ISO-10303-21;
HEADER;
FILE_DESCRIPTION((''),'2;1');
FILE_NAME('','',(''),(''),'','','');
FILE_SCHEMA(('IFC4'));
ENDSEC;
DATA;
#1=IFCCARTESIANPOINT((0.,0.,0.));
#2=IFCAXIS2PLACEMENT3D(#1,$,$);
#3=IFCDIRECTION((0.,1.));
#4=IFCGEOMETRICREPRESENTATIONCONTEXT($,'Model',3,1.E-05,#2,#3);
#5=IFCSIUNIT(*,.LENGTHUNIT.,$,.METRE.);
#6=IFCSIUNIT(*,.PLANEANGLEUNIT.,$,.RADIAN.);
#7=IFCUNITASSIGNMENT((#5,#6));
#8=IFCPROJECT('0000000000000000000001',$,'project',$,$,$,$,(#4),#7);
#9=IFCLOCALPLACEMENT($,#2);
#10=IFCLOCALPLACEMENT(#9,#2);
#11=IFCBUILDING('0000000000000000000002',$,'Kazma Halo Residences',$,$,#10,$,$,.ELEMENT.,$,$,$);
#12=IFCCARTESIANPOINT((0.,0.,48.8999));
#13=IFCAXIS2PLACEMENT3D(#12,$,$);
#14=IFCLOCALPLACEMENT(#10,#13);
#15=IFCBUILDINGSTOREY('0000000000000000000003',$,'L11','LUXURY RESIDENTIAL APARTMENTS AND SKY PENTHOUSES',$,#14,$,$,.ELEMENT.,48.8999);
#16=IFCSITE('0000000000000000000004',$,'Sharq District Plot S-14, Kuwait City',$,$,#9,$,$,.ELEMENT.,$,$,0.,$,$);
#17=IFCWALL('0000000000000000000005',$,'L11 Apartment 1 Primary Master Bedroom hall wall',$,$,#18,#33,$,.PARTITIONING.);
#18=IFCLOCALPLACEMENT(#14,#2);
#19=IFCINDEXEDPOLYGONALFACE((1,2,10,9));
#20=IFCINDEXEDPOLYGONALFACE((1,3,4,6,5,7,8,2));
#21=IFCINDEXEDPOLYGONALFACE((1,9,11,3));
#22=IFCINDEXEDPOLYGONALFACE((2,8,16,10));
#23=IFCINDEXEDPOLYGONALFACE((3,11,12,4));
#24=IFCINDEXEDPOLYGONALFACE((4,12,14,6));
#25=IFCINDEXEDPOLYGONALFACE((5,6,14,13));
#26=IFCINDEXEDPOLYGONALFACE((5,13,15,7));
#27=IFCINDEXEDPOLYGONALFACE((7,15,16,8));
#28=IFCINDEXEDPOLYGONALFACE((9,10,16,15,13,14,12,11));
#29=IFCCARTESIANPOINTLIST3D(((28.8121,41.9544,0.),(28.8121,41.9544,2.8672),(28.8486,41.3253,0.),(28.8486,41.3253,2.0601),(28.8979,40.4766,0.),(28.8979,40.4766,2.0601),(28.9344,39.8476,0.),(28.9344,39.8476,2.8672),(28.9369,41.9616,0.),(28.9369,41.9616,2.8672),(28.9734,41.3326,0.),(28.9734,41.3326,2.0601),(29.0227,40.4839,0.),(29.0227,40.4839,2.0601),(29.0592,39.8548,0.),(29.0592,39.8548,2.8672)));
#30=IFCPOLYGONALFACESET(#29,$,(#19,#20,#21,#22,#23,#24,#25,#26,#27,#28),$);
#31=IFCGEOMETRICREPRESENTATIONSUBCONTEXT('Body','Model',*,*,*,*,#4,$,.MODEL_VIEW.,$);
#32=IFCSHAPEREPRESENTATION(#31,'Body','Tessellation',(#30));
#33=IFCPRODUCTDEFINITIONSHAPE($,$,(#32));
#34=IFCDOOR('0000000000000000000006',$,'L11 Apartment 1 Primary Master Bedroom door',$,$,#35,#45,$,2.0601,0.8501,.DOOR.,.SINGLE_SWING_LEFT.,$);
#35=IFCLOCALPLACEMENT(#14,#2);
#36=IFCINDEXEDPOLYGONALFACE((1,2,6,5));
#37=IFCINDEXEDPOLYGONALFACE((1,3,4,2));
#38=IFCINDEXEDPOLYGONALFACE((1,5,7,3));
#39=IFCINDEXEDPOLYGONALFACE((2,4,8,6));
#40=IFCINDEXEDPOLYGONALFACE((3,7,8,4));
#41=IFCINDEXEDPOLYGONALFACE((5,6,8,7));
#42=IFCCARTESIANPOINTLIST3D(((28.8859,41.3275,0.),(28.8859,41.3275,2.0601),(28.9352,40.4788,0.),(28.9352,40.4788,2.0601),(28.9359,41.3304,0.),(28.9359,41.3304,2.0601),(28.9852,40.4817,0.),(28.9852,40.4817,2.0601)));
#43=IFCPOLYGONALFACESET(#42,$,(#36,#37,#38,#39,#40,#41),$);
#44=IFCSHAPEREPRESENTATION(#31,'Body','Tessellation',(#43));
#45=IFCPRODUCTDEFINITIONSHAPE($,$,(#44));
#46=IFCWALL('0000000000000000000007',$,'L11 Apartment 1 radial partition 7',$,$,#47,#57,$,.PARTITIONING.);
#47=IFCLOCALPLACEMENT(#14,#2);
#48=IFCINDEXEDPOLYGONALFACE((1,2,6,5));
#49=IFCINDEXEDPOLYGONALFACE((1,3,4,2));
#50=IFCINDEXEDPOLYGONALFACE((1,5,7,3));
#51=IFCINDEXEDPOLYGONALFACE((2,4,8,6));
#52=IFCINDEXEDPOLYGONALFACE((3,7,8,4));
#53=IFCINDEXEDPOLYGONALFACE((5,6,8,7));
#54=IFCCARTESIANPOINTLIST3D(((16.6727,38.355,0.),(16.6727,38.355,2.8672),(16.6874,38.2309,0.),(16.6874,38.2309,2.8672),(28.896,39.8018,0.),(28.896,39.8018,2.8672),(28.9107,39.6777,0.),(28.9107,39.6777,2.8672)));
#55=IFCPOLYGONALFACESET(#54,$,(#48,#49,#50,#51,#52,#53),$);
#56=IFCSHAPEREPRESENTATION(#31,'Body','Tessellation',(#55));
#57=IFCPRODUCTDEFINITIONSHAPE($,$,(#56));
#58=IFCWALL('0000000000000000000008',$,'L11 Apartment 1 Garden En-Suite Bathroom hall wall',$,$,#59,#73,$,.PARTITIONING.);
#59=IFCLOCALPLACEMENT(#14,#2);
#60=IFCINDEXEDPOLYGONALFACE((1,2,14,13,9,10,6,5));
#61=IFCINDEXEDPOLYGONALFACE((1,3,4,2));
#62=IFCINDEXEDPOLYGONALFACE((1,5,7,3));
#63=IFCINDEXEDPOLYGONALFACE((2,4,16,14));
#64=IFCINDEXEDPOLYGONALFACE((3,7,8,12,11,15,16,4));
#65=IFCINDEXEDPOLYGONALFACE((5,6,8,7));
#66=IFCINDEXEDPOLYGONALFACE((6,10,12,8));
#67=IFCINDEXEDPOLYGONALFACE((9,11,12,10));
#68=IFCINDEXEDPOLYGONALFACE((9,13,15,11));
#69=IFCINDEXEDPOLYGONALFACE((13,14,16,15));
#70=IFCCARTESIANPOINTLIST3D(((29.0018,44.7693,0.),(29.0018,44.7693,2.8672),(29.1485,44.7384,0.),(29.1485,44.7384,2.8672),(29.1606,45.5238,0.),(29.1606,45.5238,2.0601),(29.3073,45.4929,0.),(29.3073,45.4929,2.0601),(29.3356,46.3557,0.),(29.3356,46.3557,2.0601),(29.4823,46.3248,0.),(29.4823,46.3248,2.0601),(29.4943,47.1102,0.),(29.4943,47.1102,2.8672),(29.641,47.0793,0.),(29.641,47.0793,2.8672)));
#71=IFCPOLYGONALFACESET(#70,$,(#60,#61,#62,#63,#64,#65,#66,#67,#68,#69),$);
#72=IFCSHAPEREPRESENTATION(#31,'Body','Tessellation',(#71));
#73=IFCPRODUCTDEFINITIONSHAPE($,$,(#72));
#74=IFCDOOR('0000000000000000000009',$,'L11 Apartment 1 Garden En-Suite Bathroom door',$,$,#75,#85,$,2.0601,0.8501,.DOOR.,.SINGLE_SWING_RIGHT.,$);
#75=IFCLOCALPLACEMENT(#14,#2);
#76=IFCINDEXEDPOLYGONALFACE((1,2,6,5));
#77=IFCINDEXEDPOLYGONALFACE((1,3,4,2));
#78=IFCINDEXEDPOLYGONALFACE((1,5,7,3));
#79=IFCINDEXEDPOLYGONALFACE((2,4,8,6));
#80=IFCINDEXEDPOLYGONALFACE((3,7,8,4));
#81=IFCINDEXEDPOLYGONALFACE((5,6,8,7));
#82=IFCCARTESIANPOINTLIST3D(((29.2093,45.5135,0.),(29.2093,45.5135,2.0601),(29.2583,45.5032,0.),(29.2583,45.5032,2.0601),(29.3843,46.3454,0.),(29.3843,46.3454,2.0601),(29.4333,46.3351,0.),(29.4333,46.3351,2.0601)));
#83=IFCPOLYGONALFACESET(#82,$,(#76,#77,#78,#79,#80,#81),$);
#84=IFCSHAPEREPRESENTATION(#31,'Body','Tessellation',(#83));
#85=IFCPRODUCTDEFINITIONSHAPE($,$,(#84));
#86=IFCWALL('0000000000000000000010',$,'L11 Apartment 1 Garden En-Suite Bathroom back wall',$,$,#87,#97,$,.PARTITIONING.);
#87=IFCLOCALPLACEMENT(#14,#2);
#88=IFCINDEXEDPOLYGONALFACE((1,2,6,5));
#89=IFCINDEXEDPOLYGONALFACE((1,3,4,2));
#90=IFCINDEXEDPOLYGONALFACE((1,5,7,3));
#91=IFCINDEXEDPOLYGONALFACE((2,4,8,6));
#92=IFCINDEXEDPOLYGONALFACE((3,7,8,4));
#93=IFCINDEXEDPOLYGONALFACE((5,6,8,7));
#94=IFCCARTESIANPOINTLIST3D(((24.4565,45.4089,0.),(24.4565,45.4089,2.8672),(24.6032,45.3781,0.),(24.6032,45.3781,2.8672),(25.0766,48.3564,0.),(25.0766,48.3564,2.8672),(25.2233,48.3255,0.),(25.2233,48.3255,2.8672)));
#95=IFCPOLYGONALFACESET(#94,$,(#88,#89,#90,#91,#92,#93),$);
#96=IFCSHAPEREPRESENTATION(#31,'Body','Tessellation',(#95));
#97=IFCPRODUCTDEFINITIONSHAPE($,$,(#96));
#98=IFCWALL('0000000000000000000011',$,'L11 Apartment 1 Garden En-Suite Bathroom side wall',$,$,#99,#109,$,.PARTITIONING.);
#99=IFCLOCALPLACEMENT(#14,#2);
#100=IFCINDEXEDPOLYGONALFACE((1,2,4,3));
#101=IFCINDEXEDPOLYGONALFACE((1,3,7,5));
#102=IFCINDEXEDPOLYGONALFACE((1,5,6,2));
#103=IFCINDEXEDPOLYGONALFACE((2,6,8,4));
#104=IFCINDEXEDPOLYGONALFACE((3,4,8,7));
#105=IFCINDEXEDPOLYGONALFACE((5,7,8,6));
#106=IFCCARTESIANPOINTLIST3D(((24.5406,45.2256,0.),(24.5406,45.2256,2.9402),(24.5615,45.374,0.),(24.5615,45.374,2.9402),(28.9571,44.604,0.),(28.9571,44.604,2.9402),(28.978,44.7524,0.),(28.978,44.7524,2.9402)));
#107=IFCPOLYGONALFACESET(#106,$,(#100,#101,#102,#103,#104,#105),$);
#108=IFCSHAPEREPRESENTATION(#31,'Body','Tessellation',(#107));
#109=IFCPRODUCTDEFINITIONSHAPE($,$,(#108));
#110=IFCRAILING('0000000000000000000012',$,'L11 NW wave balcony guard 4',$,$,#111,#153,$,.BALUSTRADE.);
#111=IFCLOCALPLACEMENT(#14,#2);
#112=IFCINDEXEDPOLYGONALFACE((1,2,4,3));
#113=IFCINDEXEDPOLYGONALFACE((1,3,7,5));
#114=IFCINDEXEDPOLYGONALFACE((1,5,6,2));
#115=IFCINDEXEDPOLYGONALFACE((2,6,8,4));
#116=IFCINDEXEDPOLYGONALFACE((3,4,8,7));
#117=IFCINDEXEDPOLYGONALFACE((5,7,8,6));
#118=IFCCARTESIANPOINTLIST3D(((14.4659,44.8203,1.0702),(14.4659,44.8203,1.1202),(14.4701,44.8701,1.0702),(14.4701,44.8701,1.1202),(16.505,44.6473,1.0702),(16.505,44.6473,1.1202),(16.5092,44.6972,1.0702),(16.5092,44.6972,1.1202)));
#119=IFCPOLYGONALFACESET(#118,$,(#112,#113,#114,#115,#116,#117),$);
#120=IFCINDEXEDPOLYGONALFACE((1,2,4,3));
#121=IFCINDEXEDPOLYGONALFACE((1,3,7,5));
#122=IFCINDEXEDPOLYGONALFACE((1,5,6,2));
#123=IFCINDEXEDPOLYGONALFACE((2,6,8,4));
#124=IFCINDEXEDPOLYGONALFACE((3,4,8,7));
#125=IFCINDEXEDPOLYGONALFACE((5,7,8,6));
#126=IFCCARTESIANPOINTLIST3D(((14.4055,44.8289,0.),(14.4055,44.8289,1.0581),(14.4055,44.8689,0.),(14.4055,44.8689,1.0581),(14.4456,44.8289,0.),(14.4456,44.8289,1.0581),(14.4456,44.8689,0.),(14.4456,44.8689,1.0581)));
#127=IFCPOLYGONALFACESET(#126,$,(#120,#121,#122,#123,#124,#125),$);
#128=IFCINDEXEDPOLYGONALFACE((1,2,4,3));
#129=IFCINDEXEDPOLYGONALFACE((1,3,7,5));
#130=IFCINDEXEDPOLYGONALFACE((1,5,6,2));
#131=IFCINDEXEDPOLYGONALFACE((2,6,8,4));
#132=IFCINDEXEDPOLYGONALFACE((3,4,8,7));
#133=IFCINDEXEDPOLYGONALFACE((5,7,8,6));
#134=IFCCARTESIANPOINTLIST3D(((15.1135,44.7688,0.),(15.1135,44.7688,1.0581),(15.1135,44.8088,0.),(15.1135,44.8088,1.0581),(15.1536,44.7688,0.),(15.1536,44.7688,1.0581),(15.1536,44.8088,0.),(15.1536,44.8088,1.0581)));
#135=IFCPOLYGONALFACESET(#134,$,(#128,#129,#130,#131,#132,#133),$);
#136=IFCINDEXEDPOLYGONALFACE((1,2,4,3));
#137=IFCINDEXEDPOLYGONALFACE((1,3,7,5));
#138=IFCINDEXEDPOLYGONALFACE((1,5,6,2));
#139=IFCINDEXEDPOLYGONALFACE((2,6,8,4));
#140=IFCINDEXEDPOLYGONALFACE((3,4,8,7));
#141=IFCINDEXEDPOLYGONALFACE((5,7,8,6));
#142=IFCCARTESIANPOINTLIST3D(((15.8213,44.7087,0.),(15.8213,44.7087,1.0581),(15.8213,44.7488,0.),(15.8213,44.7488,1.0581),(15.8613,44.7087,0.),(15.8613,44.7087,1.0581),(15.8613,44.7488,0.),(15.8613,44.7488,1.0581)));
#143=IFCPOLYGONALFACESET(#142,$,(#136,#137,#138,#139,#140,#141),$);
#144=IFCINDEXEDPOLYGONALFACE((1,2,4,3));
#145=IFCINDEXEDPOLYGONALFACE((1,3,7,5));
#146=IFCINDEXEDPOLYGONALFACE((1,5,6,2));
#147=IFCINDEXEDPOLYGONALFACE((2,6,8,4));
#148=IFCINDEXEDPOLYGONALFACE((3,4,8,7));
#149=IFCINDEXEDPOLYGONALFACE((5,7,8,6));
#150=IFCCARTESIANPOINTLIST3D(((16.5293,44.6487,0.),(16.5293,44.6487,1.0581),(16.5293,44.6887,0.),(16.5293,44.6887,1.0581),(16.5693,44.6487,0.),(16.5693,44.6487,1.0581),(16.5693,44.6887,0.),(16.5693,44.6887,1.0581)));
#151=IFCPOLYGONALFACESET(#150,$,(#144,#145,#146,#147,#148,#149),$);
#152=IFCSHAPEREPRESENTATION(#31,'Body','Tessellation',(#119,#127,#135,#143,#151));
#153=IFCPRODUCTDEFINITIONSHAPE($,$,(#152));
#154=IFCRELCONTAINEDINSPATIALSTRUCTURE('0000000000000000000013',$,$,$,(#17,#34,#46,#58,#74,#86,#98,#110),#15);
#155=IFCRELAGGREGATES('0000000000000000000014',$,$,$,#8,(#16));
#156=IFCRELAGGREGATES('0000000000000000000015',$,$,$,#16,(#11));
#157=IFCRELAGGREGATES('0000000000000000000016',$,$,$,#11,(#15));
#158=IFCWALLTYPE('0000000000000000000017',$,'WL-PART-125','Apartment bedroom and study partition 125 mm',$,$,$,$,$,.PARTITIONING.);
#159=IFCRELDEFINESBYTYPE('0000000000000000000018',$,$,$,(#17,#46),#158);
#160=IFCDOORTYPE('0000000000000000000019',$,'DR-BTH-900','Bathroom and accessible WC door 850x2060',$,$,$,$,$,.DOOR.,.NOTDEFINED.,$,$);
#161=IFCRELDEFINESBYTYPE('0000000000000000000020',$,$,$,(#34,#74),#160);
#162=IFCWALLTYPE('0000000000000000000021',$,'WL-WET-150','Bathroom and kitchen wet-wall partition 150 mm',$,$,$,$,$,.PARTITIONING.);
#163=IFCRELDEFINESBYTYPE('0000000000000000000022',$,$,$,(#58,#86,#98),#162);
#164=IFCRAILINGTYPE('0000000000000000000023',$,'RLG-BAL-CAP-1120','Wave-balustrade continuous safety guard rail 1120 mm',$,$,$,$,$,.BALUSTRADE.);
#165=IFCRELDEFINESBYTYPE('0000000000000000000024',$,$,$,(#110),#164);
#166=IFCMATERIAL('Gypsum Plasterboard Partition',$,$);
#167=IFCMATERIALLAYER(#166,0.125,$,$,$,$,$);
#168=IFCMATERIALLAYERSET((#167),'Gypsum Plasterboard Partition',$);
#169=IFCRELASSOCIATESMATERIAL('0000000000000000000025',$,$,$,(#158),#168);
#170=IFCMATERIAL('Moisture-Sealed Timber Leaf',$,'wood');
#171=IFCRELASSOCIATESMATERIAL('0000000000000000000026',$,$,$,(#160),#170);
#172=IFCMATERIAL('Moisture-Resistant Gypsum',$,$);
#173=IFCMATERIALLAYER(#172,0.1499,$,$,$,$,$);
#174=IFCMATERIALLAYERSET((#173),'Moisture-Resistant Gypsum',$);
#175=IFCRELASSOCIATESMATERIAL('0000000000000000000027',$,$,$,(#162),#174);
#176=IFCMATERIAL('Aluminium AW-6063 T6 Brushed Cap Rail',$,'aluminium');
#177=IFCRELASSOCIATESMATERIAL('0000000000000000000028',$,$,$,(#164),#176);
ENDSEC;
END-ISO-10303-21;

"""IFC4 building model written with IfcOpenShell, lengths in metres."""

from ifc_helpers import new_model, si_unit, direction, frame, frame_2d, origin, origin_2d, place, context, subcontext, project, spatial, rectangle, extrude, material, layer, layer_set, type_object, element, fill, save


model = new_model("IFC4")

# Units and contexts
model_context = context("Model", 3, precision=1e-05, world=origin(), true_north=direction((0.0, 1.0)))
body_context = subcontext(model_context, "Body", "Model", "MODEL_VIEW")
ifc_project = project(units=[si_unit("LENGTHUNIT", "METRE"), si_unit("PLANEANGLEUNIT", "RADIAN")], contexts=[model_context])

# Site, building, storey
site_placement = place(None, origin())
site = spatial("IfcSite", under=ifc_project, at=site_placement, Name="Sharq District Plot S-14, Kuwait City", CompositionType="ELEMENT", RefElevation=0.0)
building_placement = place(site_placement, origin())
building = spatial("IfcBuilding", under=site, at=building_placement, Name="Kazma Halo Residences", CompositionType="ELEMENT")
storey_placement = place(building_placement, frame((0.0, 0.0, 48.8999)))
storey = spatial("IfcBuildingStorey", under=building, at=storey_placement, Name="L11", Description="LUXURY RESIDENTIAL APARTMENTS AND SKY PENTHOUSES", CompositionType="ELEMENT", Elevation=48.8999)

# Shared definitions
ifc_material_1 = material(Name="Gypsum Plasterboard Partition")
ifc_layer_1 = layer(ifc_material_1, 0.125)
ifc_layer_set_1 = layer_set([ifc_layer_1], Name="Gypsum Plasterboard Partition")
wall_type_1 = type_object("IfcWallType", Name="WL-PART-125", Description="Apartment bedroom and study partition 125 mm", PredefinedType="PARTITIONING", material=ifc_layer_set_1)

# Shared definitions
ifc_material_2 = material(Name="Moisture-Sealed Timber Leaf", Category="wood")
door_type = type_object("IfcDoorType", Name="DR-BTH-900", Description="Bathroom and accessible WC door 850x2060", OperationType="NOTDEFINED", PredefinedType="DOOR", material=ifc_material_2)

# Wall, opening, door
wall_1_placement = place(storey_placement, frame((28.8745, 41.958, 0.0), z_axis=(0.0, 0.0, 1.0), x_axis=(0.057962, -0.998319, 0.0)))
wall_1 = element("IfcWall", 1, at=wall_1_placement, inside=storey, type_object=wall_type_1, Name="L11 Apartment 1 Primary Master Bedroom hall wall", PredefinedType="PARTITIONING", context=body_context, shape_type="SweptSolid", body=[
    extrude(rectangle(XDim=2.1104, YDim=0.125, at=frame_2d((1.0552, 0.0))), origin(), (0.0, 0.0, 1.0), 2.8672),
])
opening_1_placement = place(wall_1_placement, frame((0.6301, 0.0, 0.0)))
opening_1 = element("IfcOpeningElement", 2, at=opening_1_placement, cuts=wall_1, PredefinedType="OPENING", context=body_context, shape_type="SweptSolid", body=[
    extrude(rectangle(XDim=0.8501, YDim=2.0601, at=frame_2d((0.425, 1.03))), frame((0.0, 0.0725, 0.0), z_axis=(0.0, -1.0, 0.0), x_axis=(1.0, 0.0, 0.0)), (0.0, 0.0, 1.0), 0.145),
])
door_1_placement = place(opening_1_placement, origin())
door_1 = element("IfcDoor", 3, at=door_1_placement, inside=storey, type_object=door_type, Name="L11 Apartment 1 Primary Master Bedroom door", OperationType="SINGLE_SWING_LEFT", OverallHeight=2.0601, OverallWidth=0.8501, PredefinedType="DOOR", context=body_context, shape_type="SweptSolid", body=[
    extrude(rectangle(XDim=0.8501, YDim=2.0601, at=frame_2d((0.425, 1.03))), frame((0.0, 0.0249, 0.0), z_axis=(0.0, -1.0, 0.0), x_axis=(1.0, 0.0, 0.0)), (0.0, 0.0, 1.0), 0.05),
])
fill(opening_1, door_1)

# Wall
wall_2_placement = place(storey_placement, frame((28.9033, 39.7397, 0.0), z_axis=(0.0, 0.0, 1.0), x_axis=(-0.993068, -0.117541, 0.0)))
element("IfcWall", 4, at=wall_2_placement, inside=storey, type_object=wall_type_1, Name="L11 Apartment 1 radial partition 7", PredefinedType="PARTITIONING", context=body_context, shape_type="SweptSolid", body=[
    extrude(rectangle(XDim=12.3086, YDim=0.125, at=frame_2d((6.1543, 0.0))), origin(), (0.0, 0.0, 1.0), 2.8672),
])

# Wall, opening, door
ifc_material_3 = material(Name="Moisture-Resistant Gypsum")
ifc_layer_2 = layer(ifc_material_3, 0.1499)
ifc_layer_set_2 = layer_set([ifc_layer_2], Name="Moisture-Resistant Gypsum")
wall_type_2 = type_object("IfcWallType", Name="WL-WET-150", Description="Bathroom and kitchen wet-wall partition 150 mm", PredefinedType="PARTITIONING", material=ifc_layer_set_2)
wall_3_placement = place(storey_placement, frame((29.5676, 47.0947, 0.0), z_axis=(0.0, 0.0, 1.0), x_axis=(-0.205861, -0.978581, 0.0)))
wall_3 = element("IfcWall", 5, at=wall_3_placement, inside=storey, type_object=wall_type_2, Name="L11 Apartment 1 Garden En-Suite Bathroom hall wall", PredefinedType="PARTITIONING", context=body_context, shape_type="SweptSolid", body=[
    extrude(rectangle(XDim=2.3921, YDim=0.1499, at=frame_2d((1.196, 0.0))), origin(), (0.0, 0.0, 1.0), 2.8672),
])
opening_2_placement = place(wall_3_placement, frame((0.771, 0.0, 0.0)))
opening_2 = element("IfcOpeningElement", 6, at=opening_2_placement, cuts=wall_3, PredefinedType="OPENING", context=body_context, shape_type="SweptSolid", body=[
    extrude(rectangle(XDim=0.8501, YDim=2.0601, at=frame_2d((0.425, 1.03))), frame((0.0, 0.085, 0.0), z_axis=(0.0, -1.0, 0.0), x_axis=(1.0, 0.0, 0.0)), (0.0, 0.0, 1.0), 0.1699),
])
door_2_placement = place(opening_2_placement, origin())
door_2 = element("IfcDoor", 7, at=door_2_placement, inside=storey, type_object=door_type, Name="L11 Apartment 1 Garden En-Suite Bathroom door", OperationType="SINGLE_SWING_RIGHT", OverallHeight=2.0601, OverallWidth=0.8501, PredefinedType="DOOR", context=body_context, shape_type="SweptSolid", body=[
    extrude(rectangle(XDim=0.8501, YDim=2.0601, at=frame_2d((0.425, 1.03))), frame((0.0, 0.0249, 0.0), z_axis=(0.0, -1.0, 0.0), x_axis=(1.0, 0.0, 0.0)), (0.0, 0.0, 1.0), 0.05),
])
fill(opening_2, door_2)

# Walls
wall_4_placement = place(storey_placement, frame((25.1499, 48.3408, 0.0), z_axis=(0.0, 0.0, 1.0), x_axis=(-0.20588, -0.978577, 0.0)))
element("IfcWall", 8, at=wall_4_placement, inside=storey, type_object=wall_type_2, Name="L11 Apartment 1 Garden En-Suite Bathroom back wall", PredefinedType="PARTITIONING", context=body_context, shape_type="SweptSolid", body=[
    extrude(rectangle(XDim=3.012, YDim=0.1499, at=frame_2d((1.5059, 0.0))), origin(), (0.0, 0.0, 1.0), 2.8672),
])
wall_5_placement = place(storey_placement, frame((28.9675, 44.6782, 0.0), z_axis=(0.0, 0.0, 1.0), x_axis=(-0.990241, 0.139367, 0.0)))
element("IfcWall", 9, at=wall_5_placement, inside=storey, type_object=wall_type_2, Name="L11 Apartment 1 Garden En-Suite Bathroom side wall", PredefinedType="PARTITIONING", context=body_context, shape_type="SweptSolid", body=[
    extrude(rectangle(XDim=4.46, YDim=0.1499, at=frame_2d((2.23, 0.0))), origin(), (0.0, 0.0, 1.0), 2.9402),
])

# Railing
ifc_material_4 = material(Name="Aluminium AW-6063 T6 Brushed Cap Rail", Category="aluminium")
railing_type = type_object("IfcRailingType", Name="RLG-BAL-CAP-1120", Description="Wave-balustrade continuous safety guard rail 1120 mm", PredefinedType="BALUSTRADE", material=ifc_material_4)
railing_placement = place(storey_placement, frame((14.4255, 44.8489, 0.0)))
element("IfcRailing", 10, at=railing_placement, inside=storey, type_object=railing_type, Name="L11 NW wave balcony guard 4", PredefinedType="BALUSTRADE", context=body_context, shape_type="SweptSolid", body=[
    extrude(rectangle(XDim=0.05, YDim=0.05, at=origin_2d()), frame((0.0425, -0.0037, 1.0952), z_axis=(0.996421, -0.084534, 0.0), x_axis=(0.084534, 0.996421, 0.0)), (0.0, 0.0, 1.0), 2.0464),
    extrude(rectangle(XDim=0.04, YDim=0.04, at=origin_2d()), origin(), (0.0, 0.0, 1.0), 1.0581),
    extrude(rectangle(XDim=0.04, YDim=0.04, at=origin_2d()), frame((0.708, -0.0601, 0.0)), (0.0, 0.0, 1.0), 1.0581),
    extrude(rectangle(XDim=0.04, YDim=0.04, at=origin_2d()), frame((1.4158, -0.1201, 0.0)), (0.0, 0.0, 1.0), 1.0581),
    extrude(rectangle(XDim=0.04, YDim=0.04, at=origin_2d()), frame((2.1238, -0.1802, 0.0)), (0.0, 0.0, 1.0), 1.0581),
])

save(model, "model.ifc")
